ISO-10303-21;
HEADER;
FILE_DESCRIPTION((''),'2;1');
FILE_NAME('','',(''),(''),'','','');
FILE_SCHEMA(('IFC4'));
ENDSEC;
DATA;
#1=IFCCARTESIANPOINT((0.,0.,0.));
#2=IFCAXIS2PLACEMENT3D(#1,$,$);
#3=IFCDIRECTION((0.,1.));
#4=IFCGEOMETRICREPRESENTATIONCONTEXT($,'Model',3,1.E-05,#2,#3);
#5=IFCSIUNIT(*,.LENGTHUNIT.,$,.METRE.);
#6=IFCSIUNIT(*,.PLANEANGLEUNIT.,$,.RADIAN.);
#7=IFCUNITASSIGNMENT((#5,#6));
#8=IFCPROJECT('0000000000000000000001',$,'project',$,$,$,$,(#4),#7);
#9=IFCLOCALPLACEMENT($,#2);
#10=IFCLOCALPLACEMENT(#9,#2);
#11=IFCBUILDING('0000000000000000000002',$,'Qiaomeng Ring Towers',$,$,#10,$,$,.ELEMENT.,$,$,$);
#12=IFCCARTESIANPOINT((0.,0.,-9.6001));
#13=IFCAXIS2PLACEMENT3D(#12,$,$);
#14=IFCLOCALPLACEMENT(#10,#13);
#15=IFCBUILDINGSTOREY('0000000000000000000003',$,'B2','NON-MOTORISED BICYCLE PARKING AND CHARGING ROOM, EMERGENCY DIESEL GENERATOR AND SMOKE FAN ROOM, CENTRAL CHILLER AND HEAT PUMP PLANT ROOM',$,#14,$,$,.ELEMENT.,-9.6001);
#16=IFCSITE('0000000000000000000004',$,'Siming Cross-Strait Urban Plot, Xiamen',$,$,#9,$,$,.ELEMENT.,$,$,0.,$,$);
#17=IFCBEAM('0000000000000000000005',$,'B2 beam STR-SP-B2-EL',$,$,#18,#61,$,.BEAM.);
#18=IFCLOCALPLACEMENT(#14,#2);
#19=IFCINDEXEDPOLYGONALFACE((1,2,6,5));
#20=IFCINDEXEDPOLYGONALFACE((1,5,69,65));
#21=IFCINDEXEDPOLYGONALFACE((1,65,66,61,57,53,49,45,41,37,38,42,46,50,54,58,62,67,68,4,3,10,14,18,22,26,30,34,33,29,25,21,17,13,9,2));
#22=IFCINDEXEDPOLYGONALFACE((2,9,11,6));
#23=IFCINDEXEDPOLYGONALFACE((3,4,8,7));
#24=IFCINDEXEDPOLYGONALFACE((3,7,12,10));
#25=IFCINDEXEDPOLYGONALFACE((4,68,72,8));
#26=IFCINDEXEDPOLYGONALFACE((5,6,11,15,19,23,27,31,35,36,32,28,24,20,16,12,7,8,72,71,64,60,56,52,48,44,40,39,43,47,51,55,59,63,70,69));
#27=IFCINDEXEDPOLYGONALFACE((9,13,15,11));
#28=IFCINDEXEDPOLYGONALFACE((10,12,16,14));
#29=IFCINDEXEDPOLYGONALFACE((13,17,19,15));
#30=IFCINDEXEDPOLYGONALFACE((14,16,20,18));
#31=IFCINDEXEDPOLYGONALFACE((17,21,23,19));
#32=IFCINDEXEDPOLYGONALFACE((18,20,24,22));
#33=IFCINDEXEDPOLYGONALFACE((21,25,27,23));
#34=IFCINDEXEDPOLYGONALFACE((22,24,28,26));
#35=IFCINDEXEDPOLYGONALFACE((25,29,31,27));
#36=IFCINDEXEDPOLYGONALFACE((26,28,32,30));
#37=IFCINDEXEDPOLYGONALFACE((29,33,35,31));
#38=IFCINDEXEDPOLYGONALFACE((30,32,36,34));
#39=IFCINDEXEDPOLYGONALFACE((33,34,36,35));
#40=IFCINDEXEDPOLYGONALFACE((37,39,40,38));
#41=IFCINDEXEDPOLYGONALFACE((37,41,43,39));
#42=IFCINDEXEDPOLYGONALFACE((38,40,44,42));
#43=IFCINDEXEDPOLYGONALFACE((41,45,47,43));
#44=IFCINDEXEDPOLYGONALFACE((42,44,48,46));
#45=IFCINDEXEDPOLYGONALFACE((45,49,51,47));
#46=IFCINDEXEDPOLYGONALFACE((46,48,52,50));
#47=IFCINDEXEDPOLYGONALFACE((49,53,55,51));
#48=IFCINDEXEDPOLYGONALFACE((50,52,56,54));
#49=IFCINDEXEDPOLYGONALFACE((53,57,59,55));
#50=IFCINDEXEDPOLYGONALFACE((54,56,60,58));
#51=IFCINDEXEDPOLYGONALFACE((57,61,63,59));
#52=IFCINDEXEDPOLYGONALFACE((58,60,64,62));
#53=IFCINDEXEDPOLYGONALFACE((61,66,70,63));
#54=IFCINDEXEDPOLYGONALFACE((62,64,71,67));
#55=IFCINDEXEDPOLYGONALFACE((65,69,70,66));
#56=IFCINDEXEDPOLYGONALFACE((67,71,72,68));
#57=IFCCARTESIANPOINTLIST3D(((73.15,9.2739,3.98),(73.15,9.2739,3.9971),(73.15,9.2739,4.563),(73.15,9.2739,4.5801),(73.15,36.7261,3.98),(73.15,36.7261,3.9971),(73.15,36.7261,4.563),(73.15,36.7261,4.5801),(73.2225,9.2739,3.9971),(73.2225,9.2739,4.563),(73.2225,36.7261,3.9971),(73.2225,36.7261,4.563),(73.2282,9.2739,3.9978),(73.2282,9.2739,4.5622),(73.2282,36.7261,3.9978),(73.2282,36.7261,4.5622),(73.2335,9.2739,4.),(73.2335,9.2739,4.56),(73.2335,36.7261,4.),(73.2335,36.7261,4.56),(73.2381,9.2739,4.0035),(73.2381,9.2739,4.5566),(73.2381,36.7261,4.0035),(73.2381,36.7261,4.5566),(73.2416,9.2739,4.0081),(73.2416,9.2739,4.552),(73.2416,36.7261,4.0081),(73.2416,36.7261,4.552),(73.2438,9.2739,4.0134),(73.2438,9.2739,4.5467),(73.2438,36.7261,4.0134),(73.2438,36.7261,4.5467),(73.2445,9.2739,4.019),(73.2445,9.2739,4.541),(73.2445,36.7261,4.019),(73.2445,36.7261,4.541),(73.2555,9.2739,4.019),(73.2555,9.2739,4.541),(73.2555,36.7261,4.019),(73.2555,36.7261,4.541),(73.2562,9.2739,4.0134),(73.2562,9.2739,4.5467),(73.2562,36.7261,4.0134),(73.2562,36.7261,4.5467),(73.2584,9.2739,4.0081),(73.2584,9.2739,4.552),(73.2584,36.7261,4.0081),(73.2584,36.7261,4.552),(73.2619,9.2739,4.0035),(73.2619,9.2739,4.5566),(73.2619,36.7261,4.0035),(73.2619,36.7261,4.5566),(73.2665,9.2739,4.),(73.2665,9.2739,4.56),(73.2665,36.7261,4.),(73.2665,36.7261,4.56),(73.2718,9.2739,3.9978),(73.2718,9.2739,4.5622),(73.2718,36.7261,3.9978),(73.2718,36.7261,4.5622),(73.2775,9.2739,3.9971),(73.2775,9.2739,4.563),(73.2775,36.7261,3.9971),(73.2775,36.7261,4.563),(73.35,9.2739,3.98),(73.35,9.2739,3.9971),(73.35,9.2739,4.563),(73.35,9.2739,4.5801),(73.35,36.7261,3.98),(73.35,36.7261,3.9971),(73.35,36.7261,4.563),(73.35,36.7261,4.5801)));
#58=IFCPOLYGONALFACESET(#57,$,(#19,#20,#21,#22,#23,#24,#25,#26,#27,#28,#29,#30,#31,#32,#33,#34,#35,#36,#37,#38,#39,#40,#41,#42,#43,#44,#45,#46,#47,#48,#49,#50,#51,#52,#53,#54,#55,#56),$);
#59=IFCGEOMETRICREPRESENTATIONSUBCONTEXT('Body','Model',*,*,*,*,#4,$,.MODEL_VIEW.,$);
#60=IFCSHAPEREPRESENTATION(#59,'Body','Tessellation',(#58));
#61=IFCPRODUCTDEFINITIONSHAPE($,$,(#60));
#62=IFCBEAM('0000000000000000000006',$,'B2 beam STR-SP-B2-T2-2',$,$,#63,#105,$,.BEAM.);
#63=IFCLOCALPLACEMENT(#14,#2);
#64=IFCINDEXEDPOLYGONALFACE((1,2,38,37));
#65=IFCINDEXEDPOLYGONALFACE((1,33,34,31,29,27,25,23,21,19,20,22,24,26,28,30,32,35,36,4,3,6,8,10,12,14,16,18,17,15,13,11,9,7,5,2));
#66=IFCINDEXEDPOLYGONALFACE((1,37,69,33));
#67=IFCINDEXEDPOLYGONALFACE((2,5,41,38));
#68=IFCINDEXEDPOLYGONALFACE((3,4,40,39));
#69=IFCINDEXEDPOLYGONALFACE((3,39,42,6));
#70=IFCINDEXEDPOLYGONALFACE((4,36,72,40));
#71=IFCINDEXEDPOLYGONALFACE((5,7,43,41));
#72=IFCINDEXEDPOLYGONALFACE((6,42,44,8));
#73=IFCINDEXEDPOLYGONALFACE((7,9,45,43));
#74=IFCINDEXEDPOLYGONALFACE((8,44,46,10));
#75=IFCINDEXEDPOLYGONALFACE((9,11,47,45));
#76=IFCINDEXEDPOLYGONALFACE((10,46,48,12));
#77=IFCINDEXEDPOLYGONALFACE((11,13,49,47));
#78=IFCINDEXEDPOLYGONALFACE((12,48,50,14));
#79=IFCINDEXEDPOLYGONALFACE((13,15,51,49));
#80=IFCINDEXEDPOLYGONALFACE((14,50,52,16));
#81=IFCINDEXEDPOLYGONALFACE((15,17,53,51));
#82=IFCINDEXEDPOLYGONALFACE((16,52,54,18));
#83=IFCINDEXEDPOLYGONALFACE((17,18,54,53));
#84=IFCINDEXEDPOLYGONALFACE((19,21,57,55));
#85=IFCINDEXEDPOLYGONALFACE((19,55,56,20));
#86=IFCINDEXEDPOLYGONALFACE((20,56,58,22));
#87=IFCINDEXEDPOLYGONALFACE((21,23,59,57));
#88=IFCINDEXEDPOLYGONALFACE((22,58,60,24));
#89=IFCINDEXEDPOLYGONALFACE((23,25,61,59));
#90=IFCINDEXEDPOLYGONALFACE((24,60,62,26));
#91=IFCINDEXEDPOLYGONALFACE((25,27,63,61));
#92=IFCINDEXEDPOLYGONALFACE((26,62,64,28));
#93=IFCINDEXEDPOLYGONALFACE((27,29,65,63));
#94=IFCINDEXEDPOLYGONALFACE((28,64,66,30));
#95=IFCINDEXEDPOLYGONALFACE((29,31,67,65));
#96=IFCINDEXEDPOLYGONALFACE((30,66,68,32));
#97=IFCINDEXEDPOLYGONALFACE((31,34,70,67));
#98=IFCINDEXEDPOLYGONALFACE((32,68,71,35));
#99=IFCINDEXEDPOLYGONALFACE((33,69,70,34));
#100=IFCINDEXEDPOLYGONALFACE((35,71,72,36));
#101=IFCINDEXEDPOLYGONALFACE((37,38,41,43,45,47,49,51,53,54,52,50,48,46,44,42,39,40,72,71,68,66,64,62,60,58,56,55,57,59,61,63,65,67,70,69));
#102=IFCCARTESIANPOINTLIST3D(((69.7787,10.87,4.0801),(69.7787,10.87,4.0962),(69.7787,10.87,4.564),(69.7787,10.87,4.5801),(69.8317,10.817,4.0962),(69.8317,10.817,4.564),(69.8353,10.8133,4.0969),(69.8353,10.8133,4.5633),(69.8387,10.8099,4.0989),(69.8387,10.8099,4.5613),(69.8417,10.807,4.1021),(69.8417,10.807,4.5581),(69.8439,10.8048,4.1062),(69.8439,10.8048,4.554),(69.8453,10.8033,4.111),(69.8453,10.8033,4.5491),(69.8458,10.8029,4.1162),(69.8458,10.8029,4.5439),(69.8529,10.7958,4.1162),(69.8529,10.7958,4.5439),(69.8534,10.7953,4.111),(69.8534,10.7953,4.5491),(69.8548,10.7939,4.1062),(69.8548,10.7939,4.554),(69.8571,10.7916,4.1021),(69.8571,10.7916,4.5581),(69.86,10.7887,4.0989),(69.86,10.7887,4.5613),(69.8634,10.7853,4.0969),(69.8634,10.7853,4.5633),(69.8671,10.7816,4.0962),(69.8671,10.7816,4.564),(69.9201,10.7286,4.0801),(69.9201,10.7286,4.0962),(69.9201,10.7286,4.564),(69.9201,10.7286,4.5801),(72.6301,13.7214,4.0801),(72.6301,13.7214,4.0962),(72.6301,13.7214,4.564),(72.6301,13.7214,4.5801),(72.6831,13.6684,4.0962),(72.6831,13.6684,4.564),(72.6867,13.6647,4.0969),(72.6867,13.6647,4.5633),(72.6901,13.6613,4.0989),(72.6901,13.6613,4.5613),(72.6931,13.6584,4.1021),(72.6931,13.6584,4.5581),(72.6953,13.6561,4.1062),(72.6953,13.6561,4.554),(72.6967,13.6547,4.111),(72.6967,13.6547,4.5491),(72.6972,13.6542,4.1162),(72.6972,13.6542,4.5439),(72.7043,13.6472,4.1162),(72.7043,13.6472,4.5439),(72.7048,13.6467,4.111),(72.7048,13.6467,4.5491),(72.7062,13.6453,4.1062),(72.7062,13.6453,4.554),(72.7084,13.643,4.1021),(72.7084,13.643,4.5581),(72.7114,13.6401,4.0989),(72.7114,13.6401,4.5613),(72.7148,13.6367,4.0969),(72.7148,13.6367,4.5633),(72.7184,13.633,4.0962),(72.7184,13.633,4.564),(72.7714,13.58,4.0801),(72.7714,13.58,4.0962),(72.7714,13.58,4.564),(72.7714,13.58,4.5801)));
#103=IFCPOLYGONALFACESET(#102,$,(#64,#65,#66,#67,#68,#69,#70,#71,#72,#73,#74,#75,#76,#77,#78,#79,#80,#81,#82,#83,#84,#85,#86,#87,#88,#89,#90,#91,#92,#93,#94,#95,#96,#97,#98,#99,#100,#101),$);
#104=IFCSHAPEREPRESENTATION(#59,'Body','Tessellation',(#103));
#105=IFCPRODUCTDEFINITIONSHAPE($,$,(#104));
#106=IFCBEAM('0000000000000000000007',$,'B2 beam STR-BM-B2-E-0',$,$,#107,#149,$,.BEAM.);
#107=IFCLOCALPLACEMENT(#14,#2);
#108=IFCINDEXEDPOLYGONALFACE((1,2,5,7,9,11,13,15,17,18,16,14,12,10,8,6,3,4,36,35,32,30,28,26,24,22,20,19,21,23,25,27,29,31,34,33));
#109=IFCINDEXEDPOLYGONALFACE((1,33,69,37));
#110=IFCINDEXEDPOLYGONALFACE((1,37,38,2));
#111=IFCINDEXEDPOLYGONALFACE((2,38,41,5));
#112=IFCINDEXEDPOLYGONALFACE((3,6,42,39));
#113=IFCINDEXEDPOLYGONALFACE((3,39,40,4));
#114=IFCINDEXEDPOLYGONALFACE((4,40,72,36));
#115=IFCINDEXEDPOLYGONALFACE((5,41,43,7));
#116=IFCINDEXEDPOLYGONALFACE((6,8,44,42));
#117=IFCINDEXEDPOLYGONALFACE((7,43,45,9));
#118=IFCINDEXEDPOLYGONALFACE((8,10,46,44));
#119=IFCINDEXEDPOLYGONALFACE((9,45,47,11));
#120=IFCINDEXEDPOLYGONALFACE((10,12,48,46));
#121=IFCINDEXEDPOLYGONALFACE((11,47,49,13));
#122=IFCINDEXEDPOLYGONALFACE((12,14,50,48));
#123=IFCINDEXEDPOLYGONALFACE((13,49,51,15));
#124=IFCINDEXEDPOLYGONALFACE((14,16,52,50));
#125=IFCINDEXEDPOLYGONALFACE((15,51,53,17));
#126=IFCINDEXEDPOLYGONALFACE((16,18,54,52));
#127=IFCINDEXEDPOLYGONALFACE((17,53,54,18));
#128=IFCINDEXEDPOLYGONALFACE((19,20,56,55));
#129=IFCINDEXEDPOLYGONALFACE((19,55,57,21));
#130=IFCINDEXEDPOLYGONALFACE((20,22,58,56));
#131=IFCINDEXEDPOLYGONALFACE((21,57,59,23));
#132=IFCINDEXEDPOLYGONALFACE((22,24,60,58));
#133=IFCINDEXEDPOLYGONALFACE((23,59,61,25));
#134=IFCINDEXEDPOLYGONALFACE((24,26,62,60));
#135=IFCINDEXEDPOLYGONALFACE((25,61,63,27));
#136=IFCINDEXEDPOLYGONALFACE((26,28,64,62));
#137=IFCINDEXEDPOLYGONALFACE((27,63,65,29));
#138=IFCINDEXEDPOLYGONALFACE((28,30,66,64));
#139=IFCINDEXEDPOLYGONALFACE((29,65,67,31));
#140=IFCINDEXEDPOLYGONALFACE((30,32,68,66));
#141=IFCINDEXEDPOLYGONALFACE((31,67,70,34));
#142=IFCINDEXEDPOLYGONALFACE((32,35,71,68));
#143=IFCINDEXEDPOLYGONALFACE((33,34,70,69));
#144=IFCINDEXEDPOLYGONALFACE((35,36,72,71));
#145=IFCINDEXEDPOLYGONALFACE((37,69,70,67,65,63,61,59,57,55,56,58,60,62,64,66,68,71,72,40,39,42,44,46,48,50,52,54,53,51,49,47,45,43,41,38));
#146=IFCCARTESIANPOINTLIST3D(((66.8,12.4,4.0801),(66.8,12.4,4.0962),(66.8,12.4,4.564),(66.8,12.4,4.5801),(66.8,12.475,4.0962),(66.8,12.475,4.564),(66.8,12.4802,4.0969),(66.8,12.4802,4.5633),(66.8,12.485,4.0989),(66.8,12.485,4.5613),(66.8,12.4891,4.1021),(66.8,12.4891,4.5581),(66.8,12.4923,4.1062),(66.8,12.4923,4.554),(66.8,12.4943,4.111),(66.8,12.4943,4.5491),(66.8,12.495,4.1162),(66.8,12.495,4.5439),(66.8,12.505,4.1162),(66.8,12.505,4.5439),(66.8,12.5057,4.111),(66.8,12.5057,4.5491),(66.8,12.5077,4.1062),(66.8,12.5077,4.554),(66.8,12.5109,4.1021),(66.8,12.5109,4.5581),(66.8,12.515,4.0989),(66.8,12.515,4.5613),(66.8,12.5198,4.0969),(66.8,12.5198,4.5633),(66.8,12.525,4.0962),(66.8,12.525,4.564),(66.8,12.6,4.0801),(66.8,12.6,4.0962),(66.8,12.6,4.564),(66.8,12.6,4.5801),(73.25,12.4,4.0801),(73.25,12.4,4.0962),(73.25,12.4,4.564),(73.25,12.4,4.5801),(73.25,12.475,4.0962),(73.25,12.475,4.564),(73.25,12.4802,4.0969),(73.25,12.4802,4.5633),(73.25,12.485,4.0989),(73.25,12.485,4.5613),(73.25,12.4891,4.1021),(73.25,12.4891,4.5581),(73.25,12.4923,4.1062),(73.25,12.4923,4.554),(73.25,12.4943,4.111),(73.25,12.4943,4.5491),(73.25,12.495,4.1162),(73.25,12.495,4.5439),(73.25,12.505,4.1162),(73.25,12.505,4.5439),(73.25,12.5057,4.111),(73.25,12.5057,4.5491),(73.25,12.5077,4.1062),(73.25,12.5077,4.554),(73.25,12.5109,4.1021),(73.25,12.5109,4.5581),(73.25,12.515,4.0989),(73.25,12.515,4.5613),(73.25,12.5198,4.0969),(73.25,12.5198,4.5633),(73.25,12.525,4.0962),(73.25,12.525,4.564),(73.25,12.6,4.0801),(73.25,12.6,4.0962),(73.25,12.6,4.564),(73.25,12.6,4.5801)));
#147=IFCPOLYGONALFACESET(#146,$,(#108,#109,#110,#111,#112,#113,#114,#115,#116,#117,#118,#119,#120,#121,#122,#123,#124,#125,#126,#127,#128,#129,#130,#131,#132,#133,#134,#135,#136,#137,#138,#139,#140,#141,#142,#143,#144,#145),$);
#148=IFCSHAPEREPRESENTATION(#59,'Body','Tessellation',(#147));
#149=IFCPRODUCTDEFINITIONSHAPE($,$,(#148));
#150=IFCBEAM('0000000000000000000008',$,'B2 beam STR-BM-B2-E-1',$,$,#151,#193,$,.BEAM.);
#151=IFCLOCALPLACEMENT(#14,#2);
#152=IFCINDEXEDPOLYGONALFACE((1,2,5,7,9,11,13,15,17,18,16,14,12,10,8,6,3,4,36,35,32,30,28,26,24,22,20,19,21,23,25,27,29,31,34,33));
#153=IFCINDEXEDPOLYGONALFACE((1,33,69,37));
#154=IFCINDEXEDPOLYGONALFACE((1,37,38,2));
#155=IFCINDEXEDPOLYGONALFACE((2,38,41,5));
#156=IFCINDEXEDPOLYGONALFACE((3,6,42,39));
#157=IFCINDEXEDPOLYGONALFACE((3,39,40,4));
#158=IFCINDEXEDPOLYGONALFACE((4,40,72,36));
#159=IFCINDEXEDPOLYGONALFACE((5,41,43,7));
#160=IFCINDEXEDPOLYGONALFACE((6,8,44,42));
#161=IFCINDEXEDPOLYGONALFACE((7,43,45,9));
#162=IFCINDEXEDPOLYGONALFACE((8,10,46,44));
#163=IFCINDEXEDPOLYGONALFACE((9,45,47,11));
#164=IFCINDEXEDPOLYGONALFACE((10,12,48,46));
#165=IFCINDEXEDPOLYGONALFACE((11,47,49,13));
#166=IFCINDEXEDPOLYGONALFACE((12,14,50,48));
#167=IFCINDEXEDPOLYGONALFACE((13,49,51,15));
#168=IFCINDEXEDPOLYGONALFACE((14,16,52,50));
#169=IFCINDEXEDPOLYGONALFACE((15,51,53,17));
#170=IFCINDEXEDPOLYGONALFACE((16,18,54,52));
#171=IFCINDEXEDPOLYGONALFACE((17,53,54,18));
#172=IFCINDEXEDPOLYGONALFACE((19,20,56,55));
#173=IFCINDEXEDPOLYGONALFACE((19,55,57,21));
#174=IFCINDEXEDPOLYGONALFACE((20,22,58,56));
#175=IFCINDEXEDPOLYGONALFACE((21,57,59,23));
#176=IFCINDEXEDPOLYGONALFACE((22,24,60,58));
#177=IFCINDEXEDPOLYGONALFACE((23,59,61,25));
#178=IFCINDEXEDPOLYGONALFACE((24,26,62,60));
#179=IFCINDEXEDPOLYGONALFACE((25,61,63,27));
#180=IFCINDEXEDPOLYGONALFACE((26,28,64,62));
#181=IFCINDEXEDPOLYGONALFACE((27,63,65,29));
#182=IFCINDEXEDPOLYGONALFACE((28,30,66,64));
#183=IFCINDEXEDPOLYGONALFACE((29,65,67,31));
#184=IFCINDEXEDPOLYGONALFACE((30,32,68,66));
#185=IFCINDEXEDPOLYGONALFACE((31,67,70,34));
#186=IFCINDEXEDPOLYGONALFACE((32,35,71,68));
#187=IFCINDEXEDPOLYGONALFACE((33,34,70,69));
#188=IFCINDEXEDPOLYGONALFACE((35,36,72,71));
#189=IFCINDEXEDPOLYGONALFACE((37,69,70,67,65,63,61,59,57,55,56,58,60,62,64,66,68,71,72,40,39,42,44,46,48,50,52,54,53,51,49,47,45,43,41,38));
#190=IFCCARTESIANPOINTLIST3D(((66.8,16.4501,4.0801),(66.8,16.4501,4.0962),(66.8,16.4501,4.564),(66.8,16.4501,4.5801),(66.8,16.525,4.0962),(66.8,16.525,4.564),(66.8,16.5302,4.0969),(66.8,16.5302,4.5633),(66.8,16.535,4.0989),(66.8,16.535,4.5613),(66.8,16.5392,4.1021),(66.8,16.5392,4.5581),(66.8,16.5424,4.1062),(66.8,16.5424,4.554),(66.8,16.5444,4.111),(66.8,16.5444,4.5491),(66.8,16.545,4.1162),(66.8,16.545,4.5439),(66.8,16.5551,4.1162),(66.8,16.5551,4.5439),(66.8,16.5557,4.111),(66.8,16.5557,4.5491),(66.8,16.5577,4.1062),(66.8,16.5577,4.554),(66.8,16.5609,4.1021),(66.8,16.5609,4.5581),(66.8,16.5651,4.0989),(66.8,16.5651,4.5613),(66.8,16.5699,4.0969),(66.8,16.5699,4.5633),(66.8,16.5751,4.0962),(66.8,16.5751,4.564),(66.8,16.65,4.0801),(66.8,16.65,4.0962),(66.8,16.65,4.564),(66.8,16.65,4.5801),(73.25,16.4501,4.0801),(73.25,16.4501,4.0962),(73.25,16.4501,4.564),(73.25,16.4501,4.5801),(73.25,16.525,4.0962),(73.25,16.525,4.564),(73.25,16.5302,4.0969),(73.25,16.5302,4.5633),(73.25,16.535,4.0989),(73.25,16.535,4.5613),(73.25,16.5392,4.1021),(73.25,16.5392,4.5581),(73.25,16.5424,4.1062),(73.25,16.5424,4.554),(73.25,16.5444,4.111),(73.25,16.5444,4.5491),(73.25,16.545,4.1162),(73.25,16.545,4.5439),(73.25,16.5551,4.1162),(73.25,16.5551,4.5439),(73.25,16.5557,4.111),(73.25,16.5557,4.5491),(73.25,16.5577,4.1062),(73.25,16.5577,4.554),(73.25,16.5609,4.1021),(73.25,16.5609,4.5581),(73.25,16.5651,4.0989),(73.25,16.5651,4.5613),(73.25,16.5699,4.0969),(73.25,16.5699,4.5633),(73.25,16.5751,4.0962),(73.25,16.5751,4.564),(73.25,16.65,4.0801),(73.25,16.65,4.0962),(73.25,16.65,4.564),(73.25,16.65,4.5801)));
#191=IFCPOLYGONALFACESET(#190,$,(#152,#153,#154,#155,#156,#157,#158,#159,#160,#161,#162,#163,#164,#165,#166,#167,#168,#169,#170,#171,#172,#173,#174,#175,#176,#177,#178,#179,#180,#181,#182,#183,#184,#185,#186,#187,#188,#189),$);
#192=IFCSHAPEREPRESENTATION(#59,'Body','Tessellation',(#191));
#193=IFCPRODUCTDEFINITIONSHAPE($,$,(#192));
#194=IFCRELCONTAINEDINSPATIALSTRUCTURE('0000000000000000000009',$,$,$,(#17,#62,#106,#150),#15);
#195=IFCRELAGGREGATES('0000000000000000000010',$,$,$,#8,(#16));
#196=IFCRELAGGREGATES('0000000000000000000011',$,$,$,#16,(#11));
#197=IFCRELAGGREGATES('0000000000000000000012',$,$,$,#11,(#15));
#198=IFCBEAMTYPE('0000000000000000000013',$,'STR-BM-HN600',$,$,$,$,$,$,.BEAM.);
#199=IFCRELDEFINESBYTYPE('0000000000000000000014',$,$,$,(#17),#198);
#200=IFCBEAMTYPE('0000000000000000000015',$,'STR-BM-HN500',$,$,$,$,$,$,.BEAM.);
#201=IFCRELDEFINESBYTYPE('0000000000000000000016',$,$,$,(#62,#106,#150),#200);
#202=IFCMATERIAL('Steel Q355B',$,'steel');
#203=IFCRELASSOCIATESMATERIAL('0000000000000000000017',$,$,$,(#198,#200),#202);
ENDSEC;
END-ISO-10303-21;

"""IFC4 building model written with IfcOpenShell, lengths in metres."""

from ifc_helpers import new_model, si_unit, direction, frame, origin, origin_2d, place, context, subcontext, project, spatial, i_section, extrude, source, transform, mapped, material, material_profile, profile_set, type_object, element, save


model = new_model("IFC4")

# Units and contexts
model_context = context("Model", 3, precision=1e-05, world=origin(), true_north=direction((0.0, 1.0)))
body_context = subcontext(model_context, "Body", "Model", "MODEL_VIEW")
ifc_project = project(units=[si_unit("LENGTHUNIT", "METRE"), si_unit("PLANEANGLEUNIT", "RADIAN")], contexts=[model_context])

# Site, building, storey
site_placement = place(None, origin())
site = spatial("IfcSite", under=ifc_project, at=site_placement, Name="Siming Cross-Strait Urban Plot, Xiamen", CompositionType="ELEMENT", RefElevation=0.0)
building_placement = place(site_placement, origin())
building = spatial("IfcBuilding", under=site, at=building_placement, Name="Qiaomeng Ring Towers", CompositionType="ELEMENT")
storey_placement = place(building_placement, frame((0.0, 0.0, -9.6001)))
storey = spatial("IfcBuildingStorey", under=building, at=storey_placement, Name="B2", Description="NON-MOTORISED BICYCLE PARKING AND CHARGING ROOM, EMERGENCY DIESEL GENERATOR AND SMOKE FAN ROOM, CENTRAL CHILLER AND HEAT PUMP PLANT ROOM", CompositionType="ELEMENT", Elevation=-9.6001)

# Beams
ifc_material_1 = material(Name="Steel Q355B", Category="steel")
ifc_material_profile_1 = material_profile(ifc_material_1, i_section(OverallWidth=0.2, OverallDepth=0.6001, WebThickness=0.011, FlangeThickness=0.0171, FilletRadius=0.022, at=origin_2d()), Name="HN 600x200x11x17")
ifc_profile_set_1 = profile_set([ifc_material_profile_1], Name="Steel Q355B")
beam_type_1 = type_object("IfcBeamType", Name="STR-BM-HN600", PredefinedType="BEAM", material=ifc_profile_set_1)
shared_shape_1 = source(origin(), body_context, "Body", "SweptSolid", [
    extrude(i_section(OverallWidth=0.2, OverallDepth=0.6001, WebThickness=0.011, FlangeThickness=0.0171, FilletRadius=0.022, at=origin_2d()), origin(), (0.0, 0.0, 1.0), 27.4521),
])
beam_1_placement = place(storey_placement, frame((73.25, 9.2739, 4.28), z_axis=(0.0, 1.0, 0.0), x_axis=(-1.0, 0.0, 0.0)))
element("IfcBeam", 1, at=beam_1_placement, inside=storey, type_object=beam_type_1, Name="B2 beam STR-SP-B2-EL", PredefinedType="BEAM", context=body_context, shape_type="MappedRepresentation", body=[
    mapped(shared_shape_1, transform((0.0, 0.0, 0.0), x_axis=(1.0, 0.0, 0.0), y_axis=(0.0, 1.0, 0.0), z_axis=(0.0, 0.0, 1.0), scale=1.0)),
])
ifc_material_profile_2 = material_profile(ifc_material_1, i_section(OverallWidth=0.2, OverallDepth=0.5, WebThickness=0.01, FlangeThickness=0.0161, FilletRadius=0.02, at=origin_2d()), Name="HN 500x200x10x16")
ifc_profile_set_2 = profile_set([ifc_material_profile_2], Name="Steel Q355B")
beam_type_2 = type_object("IfcBeamType", Name="STR-BM-HN500", PredefinedType="BEAM", material=ifc_profile_set_2)
shared_shape_2 = source(origin(), body_context, "Body", "SweptSolid", [
    extrude(i_section(OverallWidth=0.2, OverallDepth=0.5, WebThickness=0.01, FlangeThickness=0.0161, FilletRadius=0.02, at=origin_2d()), origin(), (0.0, 0.0, 1.0), 4.0325),
])
beam_2_placement = place(storey_placement, frame((69.8494, 10.7993, 4.3301), z_axis=(0.707107, 0.707107, 0.0), x_axis=(-0.707107, 0.707107, 0.0)))
element("IfcBeam", 2, at=beam_2_placement, inside=storey, type_object=beam_type_2, Name="B2 beam STR-SP-B2-T2-2", PredefinedType="BEAM", context=body_context, shape_type="MappedRepresentation", body=[
    mapped(shared_shape_2, transform((0.0, 0.0, 0.0), x_axis=(1.0, 0.0, 0.0), y_axis=(0.0, 1.0, 0.0), z_axis=(0.0, 0.0, 1.0), scale=1.0)),
])
shared_shape_3 = source(origin(), body_context, "Body", "SweptSolid", [
    extrude(i_section(OverallWidth=0.2, OverallDepth=0.5, WebThickness=0.01, FlangeThickness=0.0161, FilletRadius=0.02, at=origin_2d()), origin(), (0.0, 0.0, 1.0), 6.45),
])
for number, where, z_axis, x_axis, name in (
    (3, (66.8, 12.5, 4.3301), (1.0, 0.0, 0.0), (0.0, 1.0, 0.0), "B2 beam STR-BM-B2-E-0"),
    (4, (66.8, 16.55, 4.3301), (1.0, 0.0, 0.0), (0.0, 1.0, 0.0), "B2 beam STR-BM-B2-E-1"),
):
    element("IfcBeam", number, at=place(storey_placement, frame(where, z_axis=z_axis, x_axis=x_axis)), inside=storey, type_object=beam_type_2, Name=name, PredefinedType="BEAM", context=body_context, shape_type="MappedRepresentation", body=[
        mapped(shared_shape_3, transform((0.0, 0.0, 0.0), x_axis=(1.0, 0.0, 0.0), y_axis=(0.0, 1.0, 0.0), z_axis=(0.0, 0.0, 1.0), scale=1.0)),
    ])

save(model, "model.ifc")
